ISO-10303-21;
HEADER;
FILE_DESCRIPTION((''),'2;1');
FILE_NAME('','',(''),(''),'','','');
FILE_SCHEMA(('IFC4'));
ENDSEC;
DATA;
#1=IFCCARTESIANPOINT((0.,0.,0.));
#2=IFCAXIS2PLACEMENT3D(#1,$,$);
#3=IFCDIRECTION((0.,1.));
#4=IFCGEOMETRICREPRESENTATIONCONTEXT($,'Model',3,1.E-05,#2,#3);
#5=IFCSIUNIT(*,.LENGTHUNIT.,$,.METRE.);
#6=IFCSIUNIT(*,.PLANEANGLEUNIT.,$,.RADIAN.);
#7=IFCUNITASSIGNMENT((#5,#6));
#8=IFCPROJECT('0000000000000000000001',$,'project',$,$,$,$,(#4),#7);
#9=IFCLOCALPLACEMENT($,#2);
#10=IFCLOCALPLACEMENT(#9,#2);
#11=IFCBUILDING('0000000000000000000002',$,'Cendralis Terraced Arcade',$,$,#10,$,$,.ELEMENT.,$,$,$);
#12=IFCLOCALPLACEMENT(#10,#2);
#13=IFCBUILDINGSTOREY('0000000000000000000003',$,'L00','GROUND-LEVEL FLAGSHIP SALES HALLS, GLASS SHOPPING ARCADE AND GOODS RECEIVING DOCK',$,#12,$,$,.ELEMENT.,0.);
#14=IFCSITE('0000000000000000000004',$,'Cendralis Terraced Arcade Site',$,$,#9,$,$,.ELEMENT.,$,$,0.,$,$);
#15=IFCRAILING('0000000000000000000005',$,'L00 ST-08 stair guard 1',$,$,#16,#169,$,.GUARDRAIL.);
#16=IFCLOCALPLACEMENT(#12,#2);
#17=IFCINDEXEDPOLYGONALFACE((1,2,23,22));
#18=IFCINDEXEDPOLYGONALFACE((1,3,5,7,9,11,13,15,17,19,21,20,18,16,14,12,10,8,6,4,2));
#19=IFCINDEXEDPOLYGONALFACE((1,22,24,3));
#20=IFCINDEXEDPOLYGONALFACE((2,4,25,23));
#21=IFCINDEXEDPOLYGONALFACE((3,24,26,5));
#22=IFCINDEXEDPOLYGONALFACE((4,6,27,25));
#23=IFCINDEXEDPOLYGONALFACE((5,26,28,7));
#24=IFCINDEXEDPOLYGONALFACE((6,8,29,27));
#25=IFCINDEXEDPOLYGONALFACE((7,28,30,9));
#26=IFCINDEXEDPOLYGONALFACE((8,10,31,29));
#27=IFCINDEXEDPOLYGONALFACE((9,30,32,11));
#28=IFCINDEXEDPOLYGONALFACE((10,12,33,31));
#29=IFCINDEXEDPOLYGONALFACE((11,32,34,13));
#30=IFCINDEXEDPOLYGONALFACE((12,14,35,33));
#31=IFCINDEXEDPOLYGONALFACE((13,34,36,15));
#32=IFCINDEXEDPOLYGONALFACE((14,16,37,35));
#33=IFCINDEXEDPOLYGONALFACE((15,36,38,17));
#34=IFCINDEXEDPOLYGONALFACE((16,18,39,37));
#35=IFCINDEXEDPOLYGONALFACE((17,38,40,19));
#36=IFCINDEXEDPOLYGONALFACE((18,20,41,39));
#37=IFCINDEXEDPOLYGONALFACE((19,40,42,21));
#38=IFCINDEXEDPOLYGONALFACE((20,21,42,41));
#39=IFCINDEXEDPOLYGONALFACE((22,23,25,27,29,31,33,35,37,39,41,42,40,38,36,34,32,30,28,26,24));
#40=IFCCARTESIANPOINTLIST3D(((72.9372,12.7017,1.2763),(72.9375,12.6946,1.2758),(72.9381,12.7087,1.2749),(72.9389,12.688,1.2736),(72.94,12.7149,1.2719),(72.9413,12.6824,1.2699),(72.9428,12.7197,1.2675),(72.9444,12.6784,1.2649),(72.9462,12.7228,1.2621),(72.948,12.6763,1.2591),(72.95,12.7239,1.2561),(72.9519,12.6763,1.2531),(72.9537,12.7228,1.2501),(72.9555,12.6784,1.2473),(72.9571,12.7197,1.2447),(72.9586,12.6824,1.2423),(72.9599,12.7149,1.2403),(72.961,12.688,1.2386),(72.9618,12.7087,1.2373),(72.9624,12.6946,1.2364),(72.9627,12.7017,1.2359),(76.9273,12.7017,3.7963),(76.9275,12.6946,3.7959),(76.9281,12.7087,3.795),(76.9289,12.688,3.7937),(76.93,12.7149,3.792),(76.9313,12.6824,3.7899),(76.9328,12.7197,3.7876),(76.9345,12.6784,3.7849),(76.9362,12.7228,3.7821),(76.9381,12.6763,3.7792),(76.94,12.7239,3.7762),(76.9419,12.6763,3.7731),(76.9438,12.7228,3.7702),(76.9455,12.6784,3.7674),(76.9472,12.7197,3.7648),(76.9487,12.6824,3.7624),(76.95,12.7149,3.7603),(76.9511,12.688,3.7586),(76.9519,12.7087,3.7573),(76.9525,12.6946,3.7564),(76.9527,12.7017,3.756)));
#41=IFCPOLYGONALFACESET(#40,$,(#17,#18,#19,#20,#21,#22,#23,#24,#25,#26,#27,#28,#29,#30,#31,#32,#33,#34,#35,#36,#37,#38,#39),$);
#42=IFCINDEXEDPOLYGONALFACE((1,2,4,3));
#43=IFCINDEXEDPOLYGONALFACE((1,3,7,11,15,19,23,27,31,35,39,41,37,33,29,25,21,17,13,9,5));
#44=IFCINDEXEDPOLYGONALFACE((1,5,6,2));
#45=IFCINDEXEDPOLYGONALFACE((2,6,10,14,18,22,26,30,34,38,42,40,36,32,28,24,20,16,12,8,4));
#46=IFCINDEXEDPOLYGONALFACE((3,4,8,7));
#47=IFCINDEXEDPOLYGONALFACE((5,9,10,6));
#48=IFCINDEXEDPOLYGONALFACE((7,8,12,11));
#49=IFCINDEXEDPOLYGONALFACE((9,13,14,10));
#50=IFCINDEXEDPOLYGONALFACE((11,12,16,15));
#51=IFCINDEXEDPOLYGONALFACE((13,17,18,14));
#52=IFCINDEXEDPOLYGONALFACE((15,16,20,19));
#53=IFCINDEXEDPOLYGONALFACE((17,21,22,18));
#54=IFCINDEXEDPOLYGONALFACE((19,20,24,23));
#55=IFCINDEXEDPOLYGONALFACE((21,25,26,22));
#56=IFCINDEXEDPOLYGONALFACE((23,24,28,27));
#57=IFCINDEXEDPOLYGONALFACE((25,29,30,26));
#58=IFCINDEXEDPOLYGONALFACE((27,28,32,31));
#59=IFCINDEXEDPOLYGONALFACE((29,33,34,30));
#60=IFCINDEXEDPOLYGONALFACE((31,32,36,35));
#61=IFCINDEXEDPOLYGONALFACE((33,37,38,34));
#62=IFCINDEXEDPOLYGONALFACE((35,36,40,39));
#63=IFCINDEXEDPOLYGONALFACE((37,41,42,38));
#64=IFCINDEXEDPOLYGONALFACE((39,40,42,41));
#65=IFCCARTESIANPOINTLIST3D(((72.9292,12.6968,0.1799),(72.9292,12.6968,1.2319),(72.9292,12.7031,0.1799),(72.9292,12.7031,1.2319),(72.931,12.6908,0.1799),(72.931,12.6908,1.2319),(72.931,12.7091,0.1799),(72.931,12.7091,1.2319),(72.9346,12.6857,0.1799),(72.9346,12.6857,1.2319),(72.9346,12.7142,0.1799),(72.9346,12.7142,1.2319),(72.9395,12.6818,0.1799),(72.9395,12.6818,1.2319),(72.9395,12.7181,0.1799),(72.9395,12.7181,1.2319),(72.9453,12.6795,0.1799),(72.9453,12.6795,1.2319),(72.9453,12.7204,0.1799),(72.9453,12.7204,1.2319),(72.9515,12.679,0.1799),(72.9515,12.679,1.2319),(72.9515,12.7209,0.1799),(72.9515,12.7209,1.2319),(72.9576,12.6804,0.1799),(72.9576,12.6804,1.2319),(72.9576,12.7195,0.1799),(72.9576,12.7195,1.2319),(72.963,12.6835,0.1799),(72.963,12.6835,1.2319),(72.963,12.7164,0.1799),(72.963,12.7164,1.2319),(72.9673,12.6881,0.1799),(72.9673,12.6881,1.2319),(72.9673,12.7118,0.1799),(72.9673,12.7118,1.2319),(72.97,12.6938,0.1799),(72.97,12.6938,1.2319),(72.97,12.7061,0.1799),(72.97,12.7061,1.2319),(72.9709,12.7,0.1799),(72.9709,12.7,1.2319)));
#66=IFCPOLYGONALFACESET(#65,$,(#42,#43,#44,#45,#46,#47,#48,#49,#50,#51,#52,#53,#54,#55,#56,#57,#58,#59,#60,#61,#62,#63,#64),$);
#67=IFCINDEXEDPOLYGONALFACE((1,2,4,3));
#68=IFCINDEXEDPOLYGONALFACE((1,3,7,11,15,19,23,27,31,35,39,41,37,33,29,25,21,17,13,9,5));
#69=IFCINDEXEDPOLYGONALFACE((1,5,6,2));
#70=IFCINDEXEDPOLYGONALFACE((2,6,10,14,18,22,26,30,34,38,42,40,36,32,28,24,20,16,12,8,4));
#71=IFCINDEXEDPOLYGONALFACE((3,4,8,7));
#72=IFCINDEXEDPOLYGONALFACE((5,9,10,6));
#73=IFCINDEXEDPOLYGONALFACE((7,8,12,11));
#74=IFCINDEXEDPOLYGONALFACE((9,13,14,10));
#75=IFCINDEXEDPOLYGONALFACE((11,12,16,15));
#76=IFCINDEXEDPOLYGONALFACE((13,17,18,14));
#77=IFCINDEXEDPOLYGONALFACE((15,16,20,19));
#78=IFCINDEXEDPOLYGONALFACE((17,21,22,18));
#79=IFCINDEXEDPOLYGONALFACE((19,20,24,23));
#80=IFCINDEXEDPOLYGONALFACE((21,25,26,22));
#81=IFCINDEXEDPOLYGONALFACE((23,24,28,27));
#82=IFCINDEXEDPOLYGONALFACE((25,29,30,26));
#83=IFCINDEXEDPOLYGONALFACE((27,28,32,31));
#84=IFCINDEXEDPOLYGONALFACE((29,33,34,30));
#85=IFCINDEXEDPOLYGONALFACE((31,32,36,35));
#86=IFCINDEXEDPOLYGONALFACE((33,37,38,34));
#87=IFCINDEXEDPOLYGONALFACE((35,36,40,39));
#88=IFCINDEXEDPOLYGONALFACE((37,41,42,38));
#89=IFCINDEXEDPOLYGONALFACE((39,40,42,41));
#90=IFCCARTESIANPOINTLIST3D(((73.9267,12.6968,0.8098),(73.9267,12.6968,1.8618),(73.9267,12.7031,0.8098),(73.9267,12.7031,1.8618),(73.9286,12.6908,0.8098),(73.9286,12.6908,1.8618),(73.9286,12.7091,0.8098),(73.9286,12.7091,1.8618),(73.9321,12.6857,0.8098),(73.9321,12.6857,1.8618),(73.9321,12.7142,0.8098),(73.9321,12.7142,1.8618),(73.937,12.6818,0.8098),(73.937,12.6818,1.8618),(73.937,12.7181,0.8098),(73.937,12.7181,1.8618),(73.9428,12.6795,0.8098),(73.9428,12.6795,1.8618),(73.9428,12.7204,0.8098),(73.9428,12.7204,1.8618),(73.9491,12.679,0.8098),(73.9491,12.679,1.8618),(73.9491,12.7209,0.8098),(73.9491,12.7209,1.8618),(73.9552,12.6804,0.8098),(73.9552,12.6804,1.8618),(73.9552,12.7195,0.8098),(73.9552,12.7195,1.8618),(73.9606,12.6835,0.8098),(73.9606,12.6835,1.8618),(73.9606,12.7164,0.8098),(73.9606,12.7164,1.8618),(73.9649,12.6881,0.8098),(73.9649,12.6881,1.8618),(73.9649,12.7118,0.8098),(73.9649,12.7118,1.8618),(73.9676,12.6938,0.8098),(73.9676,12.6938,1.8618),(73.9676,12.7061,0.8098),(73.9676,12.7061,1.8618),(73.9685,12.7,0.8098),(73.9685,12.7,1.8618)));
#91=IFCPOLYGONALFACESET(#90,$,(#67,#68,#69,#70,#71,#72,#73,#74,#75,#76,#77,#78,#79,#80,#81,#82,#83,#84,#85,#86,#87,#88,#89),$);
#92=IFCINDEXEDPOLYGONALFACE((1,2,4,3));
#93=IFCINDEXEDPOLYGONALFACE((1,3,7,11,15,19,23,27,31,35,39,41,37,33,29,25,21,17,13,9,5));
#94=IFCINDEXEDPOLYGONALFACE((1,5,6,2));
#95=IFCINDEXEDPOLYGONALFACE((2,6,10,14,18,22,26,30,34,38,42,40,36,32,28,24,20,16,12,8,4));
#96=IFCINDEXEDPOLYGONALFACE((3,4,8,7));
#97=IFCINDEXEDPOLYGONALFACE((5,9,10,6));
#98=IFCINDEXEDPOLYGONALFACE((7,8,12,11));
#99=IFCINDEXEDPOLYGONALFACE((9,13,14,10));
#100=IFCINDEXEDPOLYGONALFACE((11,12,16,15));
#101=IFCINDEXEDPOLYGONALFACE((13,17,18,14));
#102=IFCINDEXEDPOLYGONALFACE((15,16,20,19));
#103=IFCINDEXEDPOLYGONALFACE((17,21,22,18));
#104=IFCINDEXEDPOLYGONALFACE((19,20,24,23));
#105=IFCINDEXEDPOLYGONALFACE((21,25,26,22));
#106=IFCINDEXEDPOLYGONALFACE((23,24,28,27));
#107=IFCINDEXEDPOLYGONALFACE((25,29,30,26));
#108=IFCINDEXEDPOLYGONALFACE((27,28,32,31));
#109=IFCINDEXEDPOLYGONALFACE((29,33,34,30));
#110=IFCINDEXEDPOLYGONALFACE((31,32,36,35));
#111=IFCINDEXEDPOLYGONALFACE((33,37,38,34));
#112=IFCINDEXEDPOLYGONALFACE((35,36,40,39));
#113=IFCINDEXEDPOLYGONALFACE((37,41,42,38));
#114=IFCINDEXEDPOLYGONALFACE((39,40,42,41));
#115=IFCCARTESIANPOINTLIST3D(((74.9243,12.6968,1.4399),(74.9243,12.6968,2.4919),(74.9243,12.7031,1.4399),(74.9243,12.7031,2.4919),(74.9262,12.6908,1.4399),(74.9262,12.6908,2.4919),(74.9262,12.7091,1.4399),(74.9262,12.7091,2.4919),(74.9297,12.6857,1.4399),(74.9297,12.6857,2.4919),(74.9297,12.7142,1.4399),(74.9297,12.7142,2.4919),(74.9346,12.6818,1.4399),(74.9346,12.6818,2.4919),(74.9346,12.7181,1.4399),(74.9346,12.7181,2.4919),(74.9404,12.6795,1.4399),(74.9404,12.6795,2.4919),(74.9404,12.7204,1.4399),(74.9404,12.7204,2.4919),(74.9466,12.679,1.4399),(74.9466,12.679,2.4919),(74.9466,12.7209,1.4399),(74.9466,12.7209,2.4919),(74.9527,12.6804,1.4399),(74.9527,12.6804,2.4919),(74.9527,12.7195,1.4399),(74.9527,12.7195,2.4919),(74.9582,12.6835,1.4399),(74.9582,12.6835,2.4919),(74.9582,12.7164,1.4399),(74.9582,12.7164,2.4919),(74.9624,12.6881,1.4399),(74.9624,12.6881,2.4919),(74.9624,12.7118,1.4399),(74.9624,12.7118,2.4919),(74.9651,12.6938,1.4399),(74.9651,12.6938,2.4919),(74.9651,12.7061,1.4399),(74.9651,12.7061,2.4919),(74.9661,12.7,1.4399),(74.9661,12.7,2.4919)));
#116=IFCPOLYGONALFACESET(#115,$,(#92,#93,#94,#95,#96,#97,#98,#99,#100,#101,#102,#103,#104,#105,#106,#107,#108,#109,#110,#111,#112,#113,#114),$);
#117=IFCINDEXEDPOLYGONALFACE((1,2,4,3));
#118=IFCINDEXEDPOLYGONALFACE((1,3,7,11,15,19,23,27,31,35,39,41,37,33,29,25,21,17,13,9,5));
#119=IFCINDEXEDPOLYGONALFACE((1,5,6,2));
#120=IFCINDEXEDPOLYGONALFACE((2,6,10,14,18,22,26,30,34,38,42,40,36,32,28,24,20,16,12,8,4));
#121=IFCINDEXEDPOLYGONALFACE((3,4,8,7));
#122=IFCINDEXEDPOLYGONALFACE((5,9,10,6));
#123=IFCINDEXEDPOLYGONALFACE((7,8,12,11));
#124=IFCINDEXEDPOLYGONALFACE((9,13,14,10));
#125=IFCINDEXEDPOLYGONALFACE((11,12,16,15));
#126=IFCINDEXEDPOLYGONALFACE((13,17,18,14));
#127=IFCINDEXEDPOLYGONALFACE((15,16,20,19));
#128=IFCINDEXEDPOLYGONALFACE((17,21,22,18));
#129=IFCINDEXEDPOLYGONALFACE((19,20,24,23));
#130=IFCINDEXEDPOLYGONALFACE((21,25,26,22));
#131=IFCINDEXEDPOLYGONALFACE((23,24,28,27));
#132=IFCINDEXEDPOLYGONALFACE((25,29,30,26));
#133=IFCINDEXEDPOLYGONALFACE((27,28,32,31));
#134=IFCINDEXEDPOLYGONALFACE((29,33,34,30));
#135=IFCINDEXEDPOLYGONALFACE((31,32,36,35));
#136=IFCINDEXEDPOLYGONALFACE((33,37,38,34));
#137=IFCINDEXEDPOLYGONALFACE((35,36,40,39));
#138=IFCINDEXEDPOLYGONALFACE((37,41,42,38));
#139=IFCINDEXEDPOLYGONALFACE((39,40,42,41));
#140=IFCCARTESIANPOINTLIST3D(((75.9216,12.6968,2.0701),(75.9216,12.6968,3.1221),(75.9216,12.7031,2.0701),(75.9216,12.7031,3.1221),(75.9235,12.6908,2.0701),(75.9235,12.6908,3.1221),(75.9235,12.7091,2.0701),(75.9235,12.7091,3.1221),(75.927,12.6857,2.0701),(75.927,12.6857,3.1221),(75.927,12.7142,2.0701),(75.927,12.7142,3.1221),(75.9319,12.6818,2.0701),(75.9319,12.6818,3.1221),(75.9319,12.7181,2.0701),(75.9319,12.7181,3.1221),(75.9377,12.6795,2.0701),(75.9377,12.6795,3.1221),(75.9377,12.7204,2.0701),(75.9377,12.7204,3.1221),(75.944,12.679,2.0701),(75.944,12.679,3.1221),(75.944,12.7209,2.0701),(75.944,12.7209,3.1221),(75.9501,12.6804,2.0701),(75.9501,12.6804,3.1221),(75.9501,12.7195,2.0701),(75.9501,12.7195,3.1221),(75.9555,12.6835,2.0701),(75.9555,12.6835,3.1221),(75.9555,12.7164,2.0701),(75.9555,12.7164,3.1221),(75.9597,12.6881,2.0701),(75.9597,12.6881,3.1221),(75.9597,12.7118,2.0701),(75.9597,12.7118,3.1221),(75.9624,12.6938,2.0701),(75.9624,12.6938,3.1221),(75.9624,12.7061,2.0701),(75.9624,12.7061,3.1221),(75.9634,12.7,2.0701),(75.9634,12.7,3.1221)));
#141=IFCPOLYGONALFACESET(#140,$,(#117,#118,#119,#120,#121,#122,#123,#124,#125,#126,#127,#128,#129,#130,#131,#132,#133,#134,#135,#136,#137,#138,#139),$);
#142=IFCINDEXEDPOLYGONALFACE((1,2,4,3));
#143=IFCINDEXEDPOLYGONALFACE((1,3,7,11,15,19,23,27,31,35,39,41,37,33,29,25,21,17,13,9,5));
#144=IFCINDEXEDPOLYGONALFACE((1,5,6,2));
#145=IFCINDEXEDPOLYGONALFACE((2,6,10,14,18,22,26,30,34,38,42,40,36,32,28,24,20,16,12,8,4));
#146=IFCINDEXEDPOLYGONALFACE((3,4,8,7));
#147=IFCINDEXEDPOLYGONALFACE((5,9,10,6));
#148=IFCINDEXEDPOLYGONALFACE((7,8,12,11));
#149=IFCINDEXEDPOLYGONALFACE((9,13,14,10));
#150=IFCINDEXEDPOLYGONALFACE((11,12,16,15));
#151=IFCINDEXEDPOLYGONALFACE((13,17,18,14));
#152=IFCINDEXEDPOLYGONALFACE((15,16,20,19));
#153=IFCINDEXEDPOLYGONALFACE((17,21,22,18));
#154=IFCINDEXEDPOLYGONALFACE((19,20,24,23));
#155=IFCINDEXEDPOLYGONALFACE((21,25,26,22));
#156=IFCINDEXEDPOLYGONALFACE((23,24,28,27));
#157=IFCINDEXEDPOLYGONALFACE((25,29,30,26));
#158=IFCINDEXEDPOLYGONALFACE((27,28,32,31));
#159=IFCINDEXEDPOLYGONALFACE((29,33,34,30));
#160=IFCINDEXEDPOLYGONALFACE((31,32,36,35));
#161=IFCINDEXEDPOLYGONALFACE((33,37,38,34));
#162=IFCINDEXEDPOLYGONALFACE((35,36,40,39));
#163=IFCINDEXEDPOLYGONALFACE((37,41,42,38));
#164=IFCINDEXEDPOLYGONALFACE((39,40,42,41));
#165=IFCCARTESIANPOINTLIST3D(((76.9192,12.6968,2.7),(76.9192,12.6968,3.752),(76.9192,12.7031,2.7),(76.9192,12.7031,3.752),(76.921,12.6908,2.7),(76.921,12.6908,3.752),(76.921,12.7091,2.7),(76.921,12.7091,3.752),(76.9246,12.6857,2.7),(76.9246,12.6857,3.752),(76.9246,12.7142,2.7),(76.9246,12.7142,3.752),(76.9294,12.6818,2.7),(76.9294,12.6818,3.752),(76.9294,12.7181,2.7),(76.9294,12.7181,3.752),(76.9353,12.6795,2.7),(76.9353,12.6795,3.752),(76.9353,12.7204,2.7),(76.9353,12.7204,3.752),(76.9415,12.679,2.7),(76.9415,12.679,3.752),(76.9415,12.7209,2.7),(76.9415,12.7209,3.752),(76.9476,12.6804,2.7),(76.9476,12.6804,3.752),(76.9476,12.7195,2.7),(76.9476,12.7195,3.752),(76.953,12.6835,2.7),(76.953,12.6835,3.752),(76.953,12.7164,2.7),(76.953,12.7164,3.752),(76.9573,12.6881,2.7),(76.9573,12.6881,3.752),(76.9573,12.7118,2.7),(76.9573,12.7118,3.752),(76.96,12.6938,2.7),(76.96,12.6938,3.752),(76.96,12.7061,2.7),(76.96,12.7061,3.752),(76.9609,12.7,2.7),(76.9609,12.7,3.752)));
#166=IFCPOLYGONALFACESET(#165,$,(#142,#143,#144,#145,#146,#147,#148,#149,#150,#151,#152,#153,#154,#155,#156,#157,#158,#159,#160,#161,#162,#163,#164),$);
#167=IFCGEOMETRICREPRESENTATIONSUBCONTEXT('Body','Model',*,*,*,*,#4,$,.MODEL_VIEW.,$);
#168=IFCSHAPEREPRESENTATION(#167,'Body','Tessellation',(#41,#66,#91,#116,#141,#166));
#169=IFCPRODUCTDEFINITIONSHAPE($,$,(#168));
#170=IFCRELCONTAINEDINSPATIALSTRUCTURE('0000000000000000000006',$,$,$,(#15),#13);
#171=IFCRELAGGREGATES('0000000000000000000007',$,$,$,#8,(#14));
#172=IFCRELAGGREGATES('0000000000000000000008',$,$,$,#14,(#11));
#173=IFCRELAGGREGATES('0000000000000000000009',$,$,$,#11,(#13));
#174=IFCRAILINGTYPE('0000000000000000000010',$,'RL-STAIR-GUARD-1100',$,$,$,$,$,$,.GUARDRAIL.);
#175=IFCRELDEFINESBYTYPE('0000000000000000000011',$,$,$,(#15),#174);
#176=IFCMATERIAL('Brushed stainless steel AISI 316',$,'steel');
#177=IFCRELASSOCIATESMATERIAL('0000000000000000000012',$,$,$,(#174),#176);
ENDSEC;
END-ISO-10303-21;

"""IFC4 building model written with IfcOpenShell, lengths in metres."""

from ifc_helpers import new_model, si_unit, direction, frame, origin, origin_2d, place, context, subcontext, project, spatial, circle, extrude, material, type_object, element, save


model = new_model("IFC4")

# Units and contexts
model_context = context("Model", 3, precision=1e-05, world=origin(), true_north=direction((0.0, 1.0)))
body_context = subcontext(model_context, "Body", "Model", "MODEL_VIEW")
ifc_project = project(units=[si_unit("LENGTHUNIT", "METRE"), si_unit("PLANEANGLEUNIT", "RADIAN")], contexts=[model_context])

# Site, building, storey
site_placement = place(None, origin())
site = spatial("IfcSite", under=ifc_project, at=site_placement, Name="Cendralis Terraced Arcade Site", CompositionType="ELEMENT", RefElevation=0.0)
building_placement = place(site_placement, origin())
building = spatial("IfcBuilding", under=site, at=building_placement, Name="Cendralis Terraced Arcade", CompositionType="ELEMENT")
storey_placement = place(building_placement, origin())
storey = spatial("IfcBuildingStorey", under=building, at=storey_placement, Name="L00", Description="GROUND-LEVEL FLAGSHIP SALES HALLS, GLASS SHOPPING ARCADE AND GOODS RECEIVING DOCK", CompositionType="ELEMENT", Elevation=0.0)

# Railing
ifc_material_1 = material(Name="Brushed stainless steel AISI 316", Category="steel")
railing_type = type_object("IfcRailingType", Name="RL-STAIR-GUARD-1100", PredefinedType="GUARDRAIL", material=ifc_material_1)
railing_1_placement = place(storey_placement, frame((72.95, 12.7, 0.1799)))
element("IfcRailing", 1, at=railing_1_placement, inside=storey, type_object=railing_type, Name="L00 ST-08 stair guard 1", PredefinedType="GUARDRAIL", context=body_context, shape_type="SweptSolid", body=[
    extrude(circle(Radius=0.0239, at=origin_2d()), frame((0.0, 0.0, 1.0762), z_axis=(0.845486, 0.0, 0.533997), x_axis=(0.0, 1.0, 0.0)), (0.0, 0.0, 1.0), 4.7192),
    extrude(circle(Radius=0.021, at=origin_2d()), origin(), (0.0, 0.0, 1.0), 1.052),
    extrude(circle(Radius=0.021, at=origin_2d()), frame((0.9976, 0.0, 0.6299)), (0.0, 0.0, 1.0), 1.052),
    extrude(circle(Radius=0.021, at=origin_2d()), frame((1.9951, 0.0, 1.26)), (0.0, 0.0, 1.0), 1.052),
    extrude(circle(Radius=0.021, at=origin_2d()), frame((2.9924, 0.0, 1.8901)), (0.0, 0.0, 1.0), 1.052),
    extrude(circle(Radius=0.021, at=origin_2d()), frame((3.99, 0.0, 2.52)), (0.0, 0.0, 1.0), 1.052),
])

save(model, "model.ifc")
